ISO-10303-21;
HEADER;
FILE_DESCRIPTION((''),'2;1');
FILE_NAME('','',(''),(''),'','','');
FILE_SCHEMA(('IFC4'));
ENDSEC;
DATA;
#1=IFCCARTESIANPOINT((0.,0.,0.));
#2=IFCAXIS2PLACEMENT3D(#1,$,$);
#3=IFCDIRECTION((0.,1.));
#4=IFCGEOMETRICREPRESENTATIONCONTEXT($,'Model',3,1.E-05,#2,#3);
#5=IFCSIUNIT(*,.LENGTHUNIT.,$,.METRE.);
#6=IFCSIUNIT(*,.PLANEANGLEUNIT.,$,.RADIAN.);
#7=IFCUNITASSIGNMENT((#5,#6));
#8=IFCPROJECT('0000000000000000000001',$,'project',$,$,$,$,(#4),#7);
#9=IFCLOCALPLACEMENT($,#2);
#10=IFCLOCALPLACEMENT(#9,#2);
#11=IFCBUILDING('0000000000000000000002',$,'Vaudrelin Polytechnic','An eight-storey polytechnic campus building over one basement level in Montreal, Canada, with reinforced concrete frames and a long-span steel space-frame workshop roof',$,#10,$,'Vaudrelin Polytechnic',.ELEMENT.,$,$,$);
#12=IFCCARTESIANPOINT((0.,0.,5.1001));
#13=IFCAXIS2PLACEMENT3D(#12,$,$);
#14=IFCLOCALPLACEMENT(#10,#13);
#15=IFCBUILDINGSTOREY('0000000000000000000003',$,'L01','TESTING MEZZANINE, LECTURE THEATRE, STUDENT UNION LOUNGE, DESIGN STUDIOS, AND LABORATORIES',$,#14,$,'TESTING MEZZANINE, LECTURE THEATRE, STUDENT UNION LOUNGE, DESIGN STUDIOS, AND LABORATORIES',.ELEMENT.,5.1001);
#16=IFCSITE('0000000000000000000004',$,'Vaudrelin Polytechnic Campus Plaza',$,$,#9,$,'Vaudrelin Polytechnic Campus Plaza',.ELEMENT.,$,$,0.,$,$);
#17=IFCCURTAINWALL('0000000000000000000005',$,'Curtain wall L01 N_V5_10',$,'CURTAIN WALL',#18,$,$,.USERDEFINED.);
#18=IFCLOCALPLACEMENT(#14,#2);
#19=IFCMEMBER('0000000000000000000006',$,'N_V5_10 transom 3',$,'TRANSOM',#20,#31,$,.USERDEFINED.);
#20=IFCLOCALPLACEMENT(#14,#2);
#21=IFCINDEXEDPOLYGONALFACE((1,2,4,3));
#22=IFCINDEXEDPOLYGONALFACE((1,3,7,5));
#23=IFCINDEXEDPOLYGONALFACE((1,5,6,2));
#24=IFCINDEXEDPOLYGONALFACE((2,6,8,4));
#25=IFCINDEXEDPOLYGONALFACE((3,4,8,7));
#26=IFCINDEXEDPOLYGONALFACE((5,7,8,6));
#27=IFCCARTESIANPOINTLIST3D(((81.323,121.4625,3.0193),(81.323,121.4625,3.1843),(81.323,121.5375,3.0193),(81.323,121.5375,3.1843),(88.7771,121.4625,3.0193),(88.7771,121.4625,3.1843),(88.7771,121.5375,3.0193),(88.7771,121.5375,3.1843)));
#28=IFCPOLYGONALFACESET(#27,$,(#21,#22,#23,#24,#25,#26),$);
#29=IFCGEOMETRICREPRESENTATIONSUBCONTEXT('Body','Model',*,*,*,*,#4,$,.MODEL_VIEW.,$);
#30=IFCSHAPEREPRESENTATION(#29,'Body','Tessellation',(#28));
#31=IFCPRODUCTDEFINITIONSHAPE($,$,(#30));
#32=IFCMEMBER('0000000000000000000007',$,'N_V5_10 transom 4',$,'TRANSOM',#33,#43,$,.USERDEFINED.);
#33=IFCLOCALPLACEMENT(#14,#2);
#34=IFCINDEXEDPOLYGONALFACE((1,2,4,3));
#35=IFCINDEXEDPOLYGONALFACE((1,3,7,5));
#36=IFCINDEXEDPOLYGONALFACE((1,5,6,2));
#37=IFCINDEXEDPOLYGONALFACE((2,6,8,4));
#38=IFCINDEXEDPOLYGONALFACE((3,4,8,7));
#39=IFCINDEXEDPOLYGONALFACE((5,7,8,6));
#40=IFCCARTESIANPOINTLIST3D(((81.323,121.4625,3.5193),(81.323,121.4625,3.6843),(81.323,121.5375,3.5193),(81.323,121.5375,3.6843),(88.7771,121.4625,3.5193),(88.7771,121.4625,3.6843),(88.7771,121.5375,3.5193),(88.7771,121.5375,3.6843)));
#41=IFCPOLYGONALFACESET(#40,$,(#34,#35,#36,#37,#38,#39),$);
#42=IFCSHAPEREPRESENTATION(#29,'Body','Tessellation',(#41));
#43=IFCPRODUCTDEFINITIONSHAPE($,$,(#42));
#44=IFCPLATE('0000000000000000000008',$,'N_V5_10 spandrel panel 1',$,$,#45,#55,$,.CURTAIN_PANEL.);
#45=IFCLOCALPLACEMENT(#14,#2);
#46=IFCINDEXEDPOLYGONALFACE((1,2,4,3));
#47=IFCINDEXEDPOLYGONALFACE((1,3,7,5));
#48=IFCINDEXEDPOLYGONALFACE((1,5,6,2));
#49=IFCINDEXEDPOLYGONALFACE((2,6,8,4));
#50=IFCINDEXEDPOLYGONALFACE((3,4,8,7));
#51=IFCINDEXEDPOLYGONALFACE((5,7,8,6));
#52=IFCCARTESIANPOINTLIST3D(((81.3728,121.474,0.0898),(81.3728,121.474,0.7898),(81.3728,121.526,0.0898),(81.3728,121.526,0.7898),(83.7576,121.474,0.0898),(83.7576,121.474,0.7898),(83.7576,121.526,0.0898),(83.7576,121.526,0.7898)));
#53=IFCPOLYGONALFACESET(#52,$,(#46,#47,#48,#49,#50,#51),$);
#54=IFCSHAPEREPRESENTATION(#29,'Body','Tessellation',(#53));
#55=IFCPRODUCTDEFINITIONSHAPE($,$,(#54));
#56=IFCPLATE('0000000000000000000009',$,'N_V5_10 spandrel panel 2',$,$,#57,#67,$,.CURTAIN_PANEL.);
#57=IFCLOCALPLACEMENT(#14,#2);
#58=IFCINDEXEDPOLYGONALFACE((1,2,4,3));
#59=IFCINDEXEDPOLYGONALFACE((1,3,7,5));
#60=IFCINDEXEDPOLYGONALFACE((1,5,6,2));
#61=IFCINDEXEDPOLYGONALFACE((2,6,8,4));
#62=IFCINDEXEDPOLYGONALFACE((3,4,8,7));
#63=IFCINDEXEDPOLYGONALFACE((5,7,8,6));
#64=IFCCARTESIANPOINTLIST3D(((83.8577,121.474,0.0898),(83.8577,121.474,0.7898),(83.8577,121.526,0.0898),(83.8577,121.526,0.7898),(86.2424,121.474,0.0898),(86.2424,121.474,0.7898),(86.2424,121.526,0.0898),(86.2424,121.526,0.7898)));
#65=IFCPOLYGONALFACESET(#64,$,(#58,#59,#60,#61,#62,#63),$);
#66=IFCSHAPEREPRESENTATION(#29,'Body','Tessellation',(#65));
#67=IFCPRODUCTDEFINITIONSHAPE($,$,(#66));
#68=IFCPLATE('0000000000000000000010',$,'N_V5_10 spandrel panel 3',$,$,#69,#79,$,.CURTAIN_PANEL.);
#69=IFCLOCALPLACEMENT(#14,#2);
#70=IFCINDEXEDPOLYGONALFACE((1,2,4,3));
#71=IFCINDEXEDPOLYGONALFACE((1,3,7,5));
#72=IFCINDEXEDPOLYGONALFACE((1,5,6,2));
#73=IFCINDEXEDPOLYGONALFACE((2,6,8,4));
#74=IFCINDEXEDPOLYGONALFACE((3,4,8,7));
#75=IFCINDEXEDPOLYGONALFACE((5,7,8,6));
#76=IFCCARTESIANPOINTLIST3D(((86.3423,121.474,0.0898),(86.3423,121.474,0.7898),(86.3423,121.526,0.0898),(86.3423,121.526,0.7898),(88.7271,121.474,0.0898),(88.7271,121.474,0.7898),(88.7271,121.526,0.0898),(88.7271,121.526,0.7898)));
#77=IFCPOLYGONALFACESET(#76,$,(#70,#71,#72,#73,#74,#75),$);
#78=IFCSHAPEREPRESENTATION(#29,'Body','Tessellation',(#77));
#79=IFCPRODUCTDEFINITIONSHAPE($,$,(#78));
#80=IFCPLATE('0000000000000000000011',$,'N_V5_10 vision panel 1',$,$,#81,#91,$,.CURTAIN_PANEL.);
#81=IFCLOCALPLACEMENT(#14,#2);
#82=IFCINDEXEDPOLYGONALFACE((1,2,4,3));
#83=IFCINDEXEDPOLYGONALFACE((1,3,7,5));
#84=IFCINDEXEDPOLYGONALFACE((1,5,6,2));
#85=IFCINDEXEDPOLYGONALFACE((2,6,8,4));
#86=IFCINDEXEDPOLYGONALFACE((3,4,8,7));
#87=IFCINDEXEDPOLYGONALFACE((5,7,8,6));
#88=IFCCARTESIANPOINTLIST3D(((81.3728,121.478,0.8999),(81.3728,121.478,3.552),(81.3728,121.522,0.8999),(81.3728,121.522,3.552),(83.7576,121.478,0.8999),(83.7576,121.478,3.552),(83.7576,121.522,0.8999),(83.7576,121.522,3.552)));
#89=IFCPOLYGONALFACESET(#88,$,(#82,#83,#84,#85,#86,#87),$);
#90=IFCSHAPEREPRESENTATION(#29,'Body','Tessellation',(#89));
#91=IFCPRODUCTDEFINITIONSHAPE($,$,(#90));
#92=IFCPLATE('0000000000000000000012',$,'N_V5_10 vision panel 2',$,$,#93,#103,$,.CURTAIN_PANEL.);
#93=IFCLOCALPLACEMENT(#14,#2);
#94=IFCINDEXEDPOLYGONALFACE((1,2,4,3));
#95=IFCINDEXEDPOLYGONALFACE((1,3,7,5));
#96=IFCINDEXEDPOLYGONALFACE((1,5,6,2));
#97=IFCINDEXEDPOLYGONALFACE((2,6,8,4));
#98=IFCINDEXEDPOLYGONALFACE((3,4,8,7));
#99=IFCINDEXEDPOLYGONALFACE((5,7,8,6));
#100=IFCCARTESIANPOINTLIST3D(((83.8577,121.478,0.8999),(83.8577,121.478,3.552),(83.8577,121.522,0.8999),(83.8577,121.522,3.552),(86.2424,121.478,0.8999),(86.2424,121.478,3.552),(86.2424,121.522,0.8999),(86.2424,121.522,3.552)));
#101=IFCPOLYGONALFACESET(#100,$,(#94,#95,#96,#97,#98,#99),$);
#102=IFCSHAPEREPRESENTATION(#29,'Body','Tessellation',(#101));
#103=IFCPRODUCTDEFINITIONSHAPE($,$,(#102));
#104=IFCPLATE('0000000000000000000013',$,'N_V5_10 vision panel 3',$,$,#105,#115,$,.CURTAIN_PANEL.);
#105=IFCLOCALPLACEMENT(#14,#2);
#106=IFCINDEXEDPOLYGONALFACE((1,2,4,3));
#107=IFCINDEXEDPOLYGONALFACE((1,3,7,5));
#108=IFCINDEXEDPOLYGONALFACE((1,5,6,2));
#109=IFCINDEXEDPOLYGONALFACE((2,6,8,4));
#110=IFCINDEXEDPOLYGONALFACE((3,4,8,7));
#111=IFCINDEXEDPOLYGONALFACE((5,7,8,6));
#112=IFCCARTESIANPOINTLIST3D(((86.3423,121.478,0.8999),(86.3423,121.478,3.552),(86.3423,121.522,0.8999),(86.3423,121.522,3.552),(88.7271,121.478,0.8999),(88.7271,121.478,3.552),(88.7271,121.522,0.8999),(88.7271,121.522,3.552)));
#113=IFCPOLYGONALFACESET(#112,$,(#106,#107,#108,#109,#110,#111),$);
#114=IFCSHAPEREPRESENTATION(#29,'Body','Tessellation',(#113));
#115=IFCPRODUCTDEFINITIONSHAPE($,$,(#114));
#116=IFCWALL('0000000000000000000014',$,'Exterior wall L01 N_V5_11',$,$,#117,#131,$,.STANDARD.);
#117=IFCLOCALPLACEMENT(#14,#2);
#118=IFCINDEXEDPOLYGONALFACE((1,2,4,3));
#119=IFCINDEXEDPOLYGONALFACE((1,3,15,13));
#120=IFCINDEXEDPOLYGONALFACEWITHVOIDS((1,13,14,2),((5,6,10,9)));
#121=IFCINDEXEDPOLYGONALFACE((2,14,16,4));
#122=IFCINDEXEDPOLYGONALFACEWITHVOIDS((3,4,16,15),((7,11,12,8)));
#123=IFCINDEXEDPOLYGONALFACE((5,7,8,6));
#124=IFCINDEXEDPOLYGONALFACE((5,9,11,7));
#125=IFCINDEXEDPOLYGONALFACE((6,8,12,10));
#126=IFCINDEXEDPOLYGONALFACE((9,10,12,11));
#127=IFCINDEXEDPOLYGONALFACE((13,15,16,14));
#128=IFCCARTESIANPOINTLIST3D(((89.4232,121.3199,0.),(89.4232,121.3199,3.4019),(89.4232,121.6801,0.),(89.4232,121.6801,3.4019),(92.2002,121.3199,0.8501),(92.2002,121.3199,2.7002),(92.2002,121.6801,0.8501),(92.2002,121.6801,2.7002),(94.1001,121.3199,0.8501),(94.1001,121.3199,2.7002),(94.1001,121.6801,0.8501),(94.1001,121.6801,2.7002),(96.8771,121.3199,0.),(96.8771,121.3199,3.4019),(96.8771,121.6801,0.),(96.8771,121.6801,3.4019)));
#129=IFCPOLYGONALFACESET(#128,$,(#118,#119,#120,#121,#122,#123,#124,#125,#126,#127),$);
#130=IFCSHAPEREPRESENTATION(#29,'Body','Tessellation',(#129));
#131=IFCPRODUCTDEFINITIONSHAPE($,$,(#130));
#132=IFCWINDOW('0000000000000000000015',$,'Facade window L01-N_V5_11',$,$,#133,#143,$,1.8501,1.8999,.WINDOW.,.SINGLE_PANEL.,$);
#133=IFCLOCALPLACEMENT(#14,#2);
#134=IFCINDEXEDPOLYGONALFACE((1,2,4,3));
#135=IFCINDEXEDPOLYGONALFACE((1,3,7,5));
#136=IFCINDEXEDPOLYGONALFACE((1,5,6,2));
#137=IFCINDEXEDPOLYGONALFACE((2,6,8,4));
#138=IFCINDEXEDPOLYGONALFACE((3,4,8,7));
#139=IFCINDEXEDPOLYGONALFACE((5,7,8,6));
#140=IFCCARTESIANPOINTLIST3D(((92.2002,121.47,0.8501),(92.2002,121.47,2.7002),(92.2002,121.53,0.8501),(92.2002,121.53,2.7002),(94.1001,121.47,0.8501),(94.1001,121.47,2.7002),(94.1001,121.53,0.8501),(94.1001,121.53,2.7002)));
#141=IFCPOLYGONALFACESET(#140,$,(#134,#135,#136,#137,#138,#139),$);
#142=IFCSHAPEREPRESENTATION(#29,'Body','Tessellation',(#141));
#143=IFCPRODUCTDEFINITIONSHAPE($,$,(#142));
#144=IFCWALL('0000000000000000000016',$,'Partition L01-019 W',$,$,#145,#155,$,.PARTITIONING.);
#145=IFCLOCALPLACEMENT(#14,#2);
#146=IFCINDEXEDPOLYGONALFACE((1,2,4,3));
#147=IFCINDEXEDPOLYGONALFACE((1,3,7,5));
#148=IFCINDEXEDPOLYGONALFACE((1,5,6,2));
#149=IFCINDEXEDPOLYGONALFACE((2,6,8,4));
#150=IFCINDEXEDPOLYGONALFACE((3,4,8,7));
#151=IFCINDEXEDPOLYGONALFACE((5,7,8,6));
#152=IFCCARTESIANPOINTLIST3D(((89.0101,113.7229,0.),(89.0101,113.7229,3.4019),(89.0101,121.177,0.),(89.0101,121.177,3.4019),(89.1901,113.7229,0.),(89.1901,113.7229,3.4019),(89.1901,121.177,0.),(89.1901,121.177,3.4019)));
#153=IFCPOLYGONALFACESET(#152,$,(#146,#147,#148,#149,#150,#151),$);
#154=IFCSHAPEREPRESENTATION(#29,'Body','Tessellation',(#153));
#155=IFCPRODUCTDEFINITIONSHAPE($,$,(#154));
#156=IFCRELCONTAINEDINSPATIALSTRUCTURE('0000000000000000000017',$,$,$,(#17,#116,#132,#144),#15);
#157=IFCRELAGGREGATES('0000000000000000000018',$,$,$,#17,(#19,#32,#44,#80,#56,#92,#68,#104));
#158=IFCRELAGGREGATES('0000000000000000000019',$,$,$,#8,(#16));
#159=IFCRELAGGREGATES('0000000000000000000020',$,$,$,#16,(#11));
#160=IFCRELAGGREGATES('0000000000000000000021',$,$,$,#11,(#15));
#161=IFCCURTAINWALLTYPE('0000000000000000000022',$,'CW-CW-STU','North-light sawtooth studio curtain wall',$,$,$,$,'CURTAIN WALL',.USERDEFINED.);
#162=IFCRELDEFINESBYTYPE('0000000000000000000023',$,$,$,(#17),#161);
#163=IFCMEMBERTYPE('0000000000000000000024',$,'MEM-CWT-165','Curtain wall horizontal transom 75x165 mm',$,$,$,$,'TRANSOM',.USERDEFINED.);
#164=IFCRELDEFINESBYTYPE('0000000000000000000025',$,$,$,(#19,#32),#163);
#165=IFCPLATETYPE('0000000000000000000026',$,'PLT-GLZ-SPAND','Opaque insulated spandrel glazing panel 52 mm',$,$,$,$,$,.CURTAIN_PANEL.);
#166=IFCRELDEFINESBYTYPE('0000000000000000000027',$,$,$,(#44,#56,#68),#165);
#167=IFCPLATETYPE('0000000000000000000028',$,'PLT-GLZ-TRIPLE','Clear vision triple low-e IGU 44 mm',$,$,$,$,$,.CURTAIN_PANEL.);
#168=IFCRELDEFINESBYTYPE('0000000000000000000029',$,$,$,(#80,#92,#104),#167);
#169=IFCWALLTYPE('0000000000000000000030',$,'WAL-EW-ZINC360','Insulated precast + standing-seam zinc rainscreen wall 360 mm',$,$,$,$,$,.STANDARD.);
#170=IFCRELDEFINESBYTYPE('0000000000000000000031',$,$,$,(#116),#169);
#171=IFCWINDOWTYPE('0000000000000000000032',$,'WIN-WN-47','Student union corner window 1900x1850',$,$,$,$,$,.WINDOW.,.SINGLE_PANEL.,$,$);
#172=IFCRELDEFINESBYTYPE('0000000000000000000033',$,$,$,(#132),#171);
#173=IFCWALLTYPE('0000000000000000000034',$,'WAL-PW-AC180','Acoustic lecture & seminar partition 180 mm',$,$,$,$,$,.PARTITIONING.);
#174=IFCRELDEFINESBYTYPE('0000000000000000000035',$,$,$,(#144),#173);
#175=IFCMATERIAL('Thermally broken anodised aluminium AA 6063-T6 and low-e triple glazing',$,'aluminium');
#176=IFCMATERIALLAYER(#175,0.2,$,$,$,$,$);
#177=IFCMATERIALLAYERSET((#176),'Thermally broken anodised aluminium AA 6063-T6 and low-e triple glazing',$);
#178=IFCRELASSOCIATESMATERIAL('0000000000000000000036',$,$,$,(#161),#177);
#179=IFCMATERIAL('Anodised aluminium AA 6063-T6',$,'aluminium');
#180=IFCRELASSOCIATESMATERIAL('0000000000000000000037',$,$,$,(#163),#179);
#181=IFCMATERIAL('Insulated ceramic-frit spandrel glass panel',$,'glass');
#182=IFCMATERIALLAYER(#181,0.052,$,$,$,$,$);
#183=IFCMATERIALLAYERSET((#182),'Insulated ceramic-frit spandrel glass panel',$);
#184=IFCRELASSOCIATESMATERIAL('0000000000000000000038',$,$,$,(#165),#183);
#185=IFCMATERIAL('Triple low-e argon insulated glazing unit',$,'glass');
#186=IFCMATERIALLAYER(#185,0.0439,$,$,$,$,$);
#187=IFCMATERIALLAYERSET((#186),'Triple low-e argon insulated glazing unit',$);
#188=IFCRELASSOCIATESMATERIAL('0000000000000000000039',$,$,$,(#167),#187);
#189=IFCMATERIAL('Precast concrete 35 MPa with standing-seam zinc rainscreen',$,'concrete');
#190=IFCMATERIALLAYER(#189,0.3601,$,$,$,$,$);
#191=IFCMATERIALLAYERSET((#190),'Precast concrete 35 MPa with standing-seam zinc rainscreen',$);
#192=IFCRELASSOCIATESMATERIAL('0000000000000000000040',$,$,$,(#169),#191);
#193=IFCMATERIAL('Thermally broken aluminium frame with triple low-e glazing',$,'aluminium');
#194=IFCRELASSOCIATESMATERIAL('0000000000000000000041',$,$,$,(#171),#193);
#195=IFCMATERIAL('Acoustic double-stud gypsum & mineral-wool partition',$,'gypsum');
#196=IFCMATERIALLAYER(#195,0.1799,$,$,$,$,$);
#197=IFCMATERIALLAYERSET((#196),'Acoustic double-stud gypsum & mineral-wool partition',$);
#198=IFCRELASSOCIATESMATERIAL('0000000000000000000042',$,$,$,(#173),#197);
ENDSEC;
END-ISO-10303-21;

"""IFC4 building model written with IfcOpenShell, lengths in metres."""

from ifc_helpers import new_model, si_unit, direction, frame, frame_2d, origin, origin_2d, place, context, subcontext, project, spatial, rectangle, extrude, material, layer, layer_set, material_profile, profile_set, type_object, element, fill, aggregate, save


model = new_model("IFC4")

# Units and contexts
model_context = context("Model", 3, precision=1e-05, world=origin(), true_north=direction((0.0, 1.0)))
body_context = subcontext(model_context, "Body", "Model", "MODEL_VIEW")
ifc_project = project(units=[si_unit("LENGTHUNIT", "METRE"), si_unit("PLANEANGLEUNIT", "RADIAN")], contexts=[model_context])

# Site, building, storey
site_placement = place(None, origin())
site = spatial("IfcSite", under=ifc_project, at=site_placement, Name="Vaudrelin Polytechnic Campus Plaza", LongName="Vaudrelin Polytechnic Campus Plaza", CompositionType="ELEMENT", RefElevation=0.0)
building_placement = place(site_placement, origin())
building = spatial("IfcBuilding", under=site, at=building_placement, Name="Vaudrelin Polytechnic", Description="An eight-storey polytechnic campus building over one basement level in Montreal, Canada, with reinforced concrete frames and a long-span steel space-frame workshop roof", LongName="Vaudrelin Polytechnic", CompositionType="ELEMENT")
storey_placement = place(building_placement, frame((0.0, 0.0, 5.1001)))
storey = spatial("IfcBuildingStorey", under=building, at=storey_placement, Name="L01", Description="TESTING MEZZANINE, LECTURE THEATRE, STUDENT UNION LOUNGE, DESIGN STUDIOS, AND LABORATORIES", LongName="TESTING MEZZANINE, LECTURE THEATRE, STUDENT UNION LOUNGE, DESIGN STUDIOS, AND LABORATORIES", CompositionType="ELEMENT", Elevation=5.1001)

# Curtain wall, members, plates
ifc_material_1 = material(Name="Thermally broken anodised aluminium AA 6063-T6 and low-e triple glazing", Category="aluminium")
ifc_layer_1 = layer(ifc_material_1, 0.2)
ifc_layer_set_1 = layer_set([ifc_layer_1], Name="Thermally broken anodised aluminium AA 6063-T6 and low-e triple glazing")
curtain_wall_type = type_object("IfcCurtainWallType", Name="CW-CW-STU", Description="North-light sawtooth studio curtain wall", ElementType="CURTAIN WALL", PredefinedType="USERDEFINED", material=ifc_layer_set_1)
curtain_wall_placement = place(storey_placement, origin())
curtain_wall = element("IfcCurtainWall", 1, at=curtain_wall_placement, inside=storey, type_object=curtain_wall_type, Name="Curtain wall L01 N_V5_10", ObjectType="CURTAIN WALL", PredefinedType="USERDEFINED")
ifc_material_2 = material(Name="Anodised aluminium AA 6063-T6", Category="aluminium")
ifc_material_profile_1 = material_profile(ifc_material_2, rectangle(XDim=0.075, YDim=0.165, at=origin_2d()), Name="CWT-75x165")
ifc_profile_set_1 = profile_set([ifc_material_profile_1], Name="Anodised aluminium AA 6063-T6")
member_type_1 = type_object("IfcMemberType", Name="MEM-CWT-165", Description="Curtain wall horizontal transom 75x165 mm", ElementType="TRANSOM", PredefinedType="USERDEFINED", material=ifc_profile_set_1)
member_1_placement = place(storey_placement, frame((81.323, 121.5, 3.1018), z_axis=(1.0, 0.0, 0.0), x_axis=(0.0, 1.0, 0.0)))
member_1 = element("IfcMember", 2, at=member_1_placement, type_object=member_type_1, Name="N_V5_10 transom 3", ObjectType="TRANSOM", PredefinedType="USERDEFINED", context=body_context, shape_type="SweptSolid", body=[
    extrude(rectangle(XDim=0.075, YDim=0.165, at=origin_2d()), origin(), (0.0, 0.0, 1.0), 7.4541),
])
member_2_placement = place(storey_placement, frame((81.323, 121.5, 3.6018), z_axis=(1.0, 0.0, 0.0), x_axis=(0.0, 1.0, 0.0)))
member_2 = element("IfcMember", 3, at=member_2_placement, type_object=member_type_1, Name="N_V5_10 transom 4", ObjectType="TRANSOM", PredefinedType="USERDEFINED", context=body_context, shape_type="SweptSolid", body=[
    extrude(rectangle(XDim=0.075, YDim=0.165, at=origin_2d()), origin(), (0.0, 0.0, 1.0), 7.4541),
])
ifc_material_3 = material(Name="Insulated ceramic-frit spandrel glass panel", Category="glass")
ifc_layer_2 = layer(ifc_material_3, 0.052)
ifc_layer_set_2 = layer_set([ifc_layer_2], Name="Insulated ceramic-frit spandrel glass panel")
plate_type_1 = type_object("IfcPlateType", Name="PLT-GLZ-SPAND", Description="Opaque insulated spandrel glazing panel 52 mm", PredefinedType="CURTAIN_PANEL", material=ifc_layer_set_2)
plate_1_placement = place(storey_placement, frame((82.5652, 121.5, 0.0898), z_axis=(0.0, 0.0, 1.0), x_axis=(1.0, 0.0, 0.0)))
plate_1 = element("IfcPlate", 4, at=plate_1_placement, type_object=plate_type_1, Name="N_V5_10 spandrel panel 1", PredefinedType="CURTAIN_PANEL", context=body_context, shape_type="SweptSolid", body=[
    extrude(rectangle(XDim=2.3848, YDim=0.052, at=origin_2d()), origin(), (0.0, 0.0, 1.0), 0.7),
])
plate_2_placement = place(storey_placement, frame((85.05, 121.5, 0.0898), z_axis=(0.0, 0.0, 1.0), x_axis=(1.0, 0.0, 0.0)))
plate_2 = element("IfcPlate", 5, at=plate_2_placement, type_object=plate_type_1, Name="N_V5_10 spandrel panel 2", PredefinedType="CURTAIN_PANEL", context=body_context, shape_type="SweptSolid", body=[
    extrude(rectangle(XDim=2.3848, YDim=0.052, at=origin_2d()), origin(), (0.0, 0.0, 1.0), 0.7),
])
plate_3_placement = place(storey_placement, frame((87.5347, 121.5, 0.0898), z_axis=(0.0, 0.0, 1.0), x_axis=(1.0, 0.0, 0.0)))
plate_3 = element("IfcPlate", 6, at=plate_3_placement, type_object=plate_type_1, Name="N_V5_10 spandrel panel 3", PredefinedType="CURTAIN_PANEL", context=body_context, shape_type="SweptSolid", body=[
    extrude(rectangle(XDim=2.3848, YDim=0.052, at=origin_2d()), origin(), (0.0, 0.0, 1.0), 0.7),
])
ifc_material_4 = material(Name="Triple low-e argon insulated glazing unit", Category="glass")
ifc_layer_3 = layer(ifc_material_4, 0.0439)
ifc_layer_set_3 = layer_set([ifc_layer_3], Name="Triple low-e argon insulated glazing unit")
plate_type_2 = type_object("IfcPlateType", Name="PLT-GLZ-TRIPLE", Description="Clear vision triple low-e IGU 44 mm", PredefinedType="CURTAIN_PANEL", material=ifc_layer_set_3)
plate_4_placement = place(storey_placement, frame((82.5652, 121.5, 0.8999), z_axis=(0.0, 0.0, 1.0), x_axis=(1.0, 0.0, 0.0)))
plate_4 = element("IfcPlate", 7, at=plate_4_placement, type_object=plate_type_2, Name="N_V5_10 vision panel 1", PredefinedType="CURTAIN_PANEL", context=body_context, shape_type="SweptSolid", body=[
    extrude(rectangle(XDim=2.3848, YDim=0.0439, at=origin_2d()), origin(), (0.0, 0.0, 1.0), 2.6521),
])
plate_5_placement = place(storey_placement, frame((85.05, 121.5, 0.8999), z_axis=(0.0, 0.0, 1.0), x_axis=(1.0, 0.0, 0.0)))
plate_5 = element("IfcPlate", 8, at=plate_5_placement, type_object=plate_type_2, Name="N_V5_10 vision panel 2", PredefinedType="CURTAIN_PANEL", context=body_context, shape_type="SweptSolid", body=[
    extrude(rectangle(XDim=2.3848, YDim=0.0439, at=origin_2d()), origin(), (0.0, 0.0, 1.0), 2.6521),
])
plate_6_placement = place(storey_placement, frame((87.5347, 121.5, 0.8999), z_axis=(0.0, 0.0, 1.0), x_axis=(1.0, 0.0, 0.0)))
plate_6 = element("IfcPlate", 9, at=plate_6_placement, type_object=plate_type_2, Name="N_V5_10 vision panel 3", PredefinedType="CURTAIN_PANEL", context=body_context, shape_type="SweptSolid", body=[
    extrude(rectangle(XDim=2.3848, YDim=0.0439, at=origin_2d()), origin(), (0.0, 0.0, 1.0), 2.6521),
])
aggregate(curtain_wall, [member_1, member_2, plate_1, plate_4, plate_2, plate_5, plate_3, plate_6])

# Wall, opening, window
ifc_material_5 = material(Name="Precast concrete 35 MPa with standing-seam zinc rainscreen", Category="concrete")
ifc_layer_4 = layer(ifc_material_5, 0.3601)
ifc_layer_set_4 = layer_set([ifc_layer_4], Name="Precast concrete 35 MPa with standing-seam zinc rainscreen")
wall_type_1 = type_object("IfcWallType", Name="WAL-EW-ZINC360", Description="Insulated precast + standing-seam zinc rainscreen wall 360 mm", PredefinedType="STANDARD", material=ifc_layer_set_4)
wall_1_placement = place(storey_placement, frame((89.4231, 121.5, 0.0), z_axis=(0.0, 0.0, 1.0), x_axis=(1.0, 0.0, 0.0)))
wall_1 = element("IfcWall", 10, at=wall_1_placement, inside=storey, type_object=wall_type_1, Name="Exterior wall L01 N_V5_11", PredefinedType="STANDARD", context=body_context, shape_type="SweptSolid", body=[
    extrude(rectangle(XDim=7.4539, YDim=0.3601, at=frame_2d((3.7271, 0.0))), origin(), (0.0, 0.0, 1.0), 3.4019),
])
opening_1_placement = place(wall_1_placement, frame((2.7771, 0.0, 0.8501)))
opening_1 = element("IfcOpeningElement", 11, at=opening_1_placement, cuts=wall_1, PredefinedType="OPENING", context=body_context, shape_type="SweptSolid", body=[
    extrude(rectangle(XDim=1.8999, YDim=1.8501, at=frame_2d((0.95, 0.925))), frame((0.0, 0.1899, 0.0), z_axis=(0.0, -1.0, 0.0), x_axis=(1.0, 0.0, 0.0)), (0.0, 0.0, 1.0), 0.3801),
])
ifc_material_6 = material(Name="Thermally broken aluminium frame with triple low-e glazing", Category="aluminium")
window_type = type_object("IfcWindowType", Name="WIN-WN-47", Description="Student union corner window 1900x1850", PartitioningType="SINGLE_PANEL", PredefinedType="WINDOW", material=ifc_material_6)
window_placement = place(opening_1_placement, origin())
window = element("IfcWindow", 12, at=window_placement, inside=storey, type_object=window_type, Name="Facade window L01-N_V5_11", OverallHeight=1.8501, OverallWidth=1.8999, PartitioningType="SINGLE_PANEL", PredefinedType="WINDOW", context=body_context, shape_type="SweptSolid", body=[
    extrude(rectangle(XDim=1.8999, YDim=1.8501, at=frame_2d((0.95, 0.925))), frame((0.0, 0.03, 0.0), z_axis=(0.0, -1.0, 0.0), x_axis=(1.0, 0.0, 0.0)), (0.0, 0.0, 1.0), 0.0601),
])
fill(opening_1, window)

# Wall
ifc_material_7 = material(Name="Acoustic double-stud gypsum & mineral-wool partition", Category="gypsum")
ifc_layer_5 = layer(ifc_material_7, 0.1799)
ifc_layer_set_5 = layer_set([ifc_layer_5], Name="Acoustic double-stud gypsum & mineral-wool partition")
wall_type_2 = type_object("IfcWallType", Name="WAL-PW-AC180", Description="Acoustic lecture & seminar partition 180 mm", PredefinedType="PARTITIONING", material=ifc_layer_set_5)
wall_2_placement = place(storey_placement, frame((89.1001, 113.7229, 0.0), z_axis=(0.0, 0.0, 1.0), x_axis=(0.0, 1.0, 0.0)))
element("IfcWall", 13, at=wall_2_placement, inside=storey, type_object=wall_type_2, Name="Partition L01-019 W", PredefinedType="PARTITIONING", context=body_context, shape_type="SweptSolid", body=[
    extrude(rectangle(XDim=7.4541, YDim=0.1799, at=frame_2d((3.7271, 0.0))), origin(), (0.0, 0.0, 1.0), 3.4019),
])

save(model, "model.ifc")
